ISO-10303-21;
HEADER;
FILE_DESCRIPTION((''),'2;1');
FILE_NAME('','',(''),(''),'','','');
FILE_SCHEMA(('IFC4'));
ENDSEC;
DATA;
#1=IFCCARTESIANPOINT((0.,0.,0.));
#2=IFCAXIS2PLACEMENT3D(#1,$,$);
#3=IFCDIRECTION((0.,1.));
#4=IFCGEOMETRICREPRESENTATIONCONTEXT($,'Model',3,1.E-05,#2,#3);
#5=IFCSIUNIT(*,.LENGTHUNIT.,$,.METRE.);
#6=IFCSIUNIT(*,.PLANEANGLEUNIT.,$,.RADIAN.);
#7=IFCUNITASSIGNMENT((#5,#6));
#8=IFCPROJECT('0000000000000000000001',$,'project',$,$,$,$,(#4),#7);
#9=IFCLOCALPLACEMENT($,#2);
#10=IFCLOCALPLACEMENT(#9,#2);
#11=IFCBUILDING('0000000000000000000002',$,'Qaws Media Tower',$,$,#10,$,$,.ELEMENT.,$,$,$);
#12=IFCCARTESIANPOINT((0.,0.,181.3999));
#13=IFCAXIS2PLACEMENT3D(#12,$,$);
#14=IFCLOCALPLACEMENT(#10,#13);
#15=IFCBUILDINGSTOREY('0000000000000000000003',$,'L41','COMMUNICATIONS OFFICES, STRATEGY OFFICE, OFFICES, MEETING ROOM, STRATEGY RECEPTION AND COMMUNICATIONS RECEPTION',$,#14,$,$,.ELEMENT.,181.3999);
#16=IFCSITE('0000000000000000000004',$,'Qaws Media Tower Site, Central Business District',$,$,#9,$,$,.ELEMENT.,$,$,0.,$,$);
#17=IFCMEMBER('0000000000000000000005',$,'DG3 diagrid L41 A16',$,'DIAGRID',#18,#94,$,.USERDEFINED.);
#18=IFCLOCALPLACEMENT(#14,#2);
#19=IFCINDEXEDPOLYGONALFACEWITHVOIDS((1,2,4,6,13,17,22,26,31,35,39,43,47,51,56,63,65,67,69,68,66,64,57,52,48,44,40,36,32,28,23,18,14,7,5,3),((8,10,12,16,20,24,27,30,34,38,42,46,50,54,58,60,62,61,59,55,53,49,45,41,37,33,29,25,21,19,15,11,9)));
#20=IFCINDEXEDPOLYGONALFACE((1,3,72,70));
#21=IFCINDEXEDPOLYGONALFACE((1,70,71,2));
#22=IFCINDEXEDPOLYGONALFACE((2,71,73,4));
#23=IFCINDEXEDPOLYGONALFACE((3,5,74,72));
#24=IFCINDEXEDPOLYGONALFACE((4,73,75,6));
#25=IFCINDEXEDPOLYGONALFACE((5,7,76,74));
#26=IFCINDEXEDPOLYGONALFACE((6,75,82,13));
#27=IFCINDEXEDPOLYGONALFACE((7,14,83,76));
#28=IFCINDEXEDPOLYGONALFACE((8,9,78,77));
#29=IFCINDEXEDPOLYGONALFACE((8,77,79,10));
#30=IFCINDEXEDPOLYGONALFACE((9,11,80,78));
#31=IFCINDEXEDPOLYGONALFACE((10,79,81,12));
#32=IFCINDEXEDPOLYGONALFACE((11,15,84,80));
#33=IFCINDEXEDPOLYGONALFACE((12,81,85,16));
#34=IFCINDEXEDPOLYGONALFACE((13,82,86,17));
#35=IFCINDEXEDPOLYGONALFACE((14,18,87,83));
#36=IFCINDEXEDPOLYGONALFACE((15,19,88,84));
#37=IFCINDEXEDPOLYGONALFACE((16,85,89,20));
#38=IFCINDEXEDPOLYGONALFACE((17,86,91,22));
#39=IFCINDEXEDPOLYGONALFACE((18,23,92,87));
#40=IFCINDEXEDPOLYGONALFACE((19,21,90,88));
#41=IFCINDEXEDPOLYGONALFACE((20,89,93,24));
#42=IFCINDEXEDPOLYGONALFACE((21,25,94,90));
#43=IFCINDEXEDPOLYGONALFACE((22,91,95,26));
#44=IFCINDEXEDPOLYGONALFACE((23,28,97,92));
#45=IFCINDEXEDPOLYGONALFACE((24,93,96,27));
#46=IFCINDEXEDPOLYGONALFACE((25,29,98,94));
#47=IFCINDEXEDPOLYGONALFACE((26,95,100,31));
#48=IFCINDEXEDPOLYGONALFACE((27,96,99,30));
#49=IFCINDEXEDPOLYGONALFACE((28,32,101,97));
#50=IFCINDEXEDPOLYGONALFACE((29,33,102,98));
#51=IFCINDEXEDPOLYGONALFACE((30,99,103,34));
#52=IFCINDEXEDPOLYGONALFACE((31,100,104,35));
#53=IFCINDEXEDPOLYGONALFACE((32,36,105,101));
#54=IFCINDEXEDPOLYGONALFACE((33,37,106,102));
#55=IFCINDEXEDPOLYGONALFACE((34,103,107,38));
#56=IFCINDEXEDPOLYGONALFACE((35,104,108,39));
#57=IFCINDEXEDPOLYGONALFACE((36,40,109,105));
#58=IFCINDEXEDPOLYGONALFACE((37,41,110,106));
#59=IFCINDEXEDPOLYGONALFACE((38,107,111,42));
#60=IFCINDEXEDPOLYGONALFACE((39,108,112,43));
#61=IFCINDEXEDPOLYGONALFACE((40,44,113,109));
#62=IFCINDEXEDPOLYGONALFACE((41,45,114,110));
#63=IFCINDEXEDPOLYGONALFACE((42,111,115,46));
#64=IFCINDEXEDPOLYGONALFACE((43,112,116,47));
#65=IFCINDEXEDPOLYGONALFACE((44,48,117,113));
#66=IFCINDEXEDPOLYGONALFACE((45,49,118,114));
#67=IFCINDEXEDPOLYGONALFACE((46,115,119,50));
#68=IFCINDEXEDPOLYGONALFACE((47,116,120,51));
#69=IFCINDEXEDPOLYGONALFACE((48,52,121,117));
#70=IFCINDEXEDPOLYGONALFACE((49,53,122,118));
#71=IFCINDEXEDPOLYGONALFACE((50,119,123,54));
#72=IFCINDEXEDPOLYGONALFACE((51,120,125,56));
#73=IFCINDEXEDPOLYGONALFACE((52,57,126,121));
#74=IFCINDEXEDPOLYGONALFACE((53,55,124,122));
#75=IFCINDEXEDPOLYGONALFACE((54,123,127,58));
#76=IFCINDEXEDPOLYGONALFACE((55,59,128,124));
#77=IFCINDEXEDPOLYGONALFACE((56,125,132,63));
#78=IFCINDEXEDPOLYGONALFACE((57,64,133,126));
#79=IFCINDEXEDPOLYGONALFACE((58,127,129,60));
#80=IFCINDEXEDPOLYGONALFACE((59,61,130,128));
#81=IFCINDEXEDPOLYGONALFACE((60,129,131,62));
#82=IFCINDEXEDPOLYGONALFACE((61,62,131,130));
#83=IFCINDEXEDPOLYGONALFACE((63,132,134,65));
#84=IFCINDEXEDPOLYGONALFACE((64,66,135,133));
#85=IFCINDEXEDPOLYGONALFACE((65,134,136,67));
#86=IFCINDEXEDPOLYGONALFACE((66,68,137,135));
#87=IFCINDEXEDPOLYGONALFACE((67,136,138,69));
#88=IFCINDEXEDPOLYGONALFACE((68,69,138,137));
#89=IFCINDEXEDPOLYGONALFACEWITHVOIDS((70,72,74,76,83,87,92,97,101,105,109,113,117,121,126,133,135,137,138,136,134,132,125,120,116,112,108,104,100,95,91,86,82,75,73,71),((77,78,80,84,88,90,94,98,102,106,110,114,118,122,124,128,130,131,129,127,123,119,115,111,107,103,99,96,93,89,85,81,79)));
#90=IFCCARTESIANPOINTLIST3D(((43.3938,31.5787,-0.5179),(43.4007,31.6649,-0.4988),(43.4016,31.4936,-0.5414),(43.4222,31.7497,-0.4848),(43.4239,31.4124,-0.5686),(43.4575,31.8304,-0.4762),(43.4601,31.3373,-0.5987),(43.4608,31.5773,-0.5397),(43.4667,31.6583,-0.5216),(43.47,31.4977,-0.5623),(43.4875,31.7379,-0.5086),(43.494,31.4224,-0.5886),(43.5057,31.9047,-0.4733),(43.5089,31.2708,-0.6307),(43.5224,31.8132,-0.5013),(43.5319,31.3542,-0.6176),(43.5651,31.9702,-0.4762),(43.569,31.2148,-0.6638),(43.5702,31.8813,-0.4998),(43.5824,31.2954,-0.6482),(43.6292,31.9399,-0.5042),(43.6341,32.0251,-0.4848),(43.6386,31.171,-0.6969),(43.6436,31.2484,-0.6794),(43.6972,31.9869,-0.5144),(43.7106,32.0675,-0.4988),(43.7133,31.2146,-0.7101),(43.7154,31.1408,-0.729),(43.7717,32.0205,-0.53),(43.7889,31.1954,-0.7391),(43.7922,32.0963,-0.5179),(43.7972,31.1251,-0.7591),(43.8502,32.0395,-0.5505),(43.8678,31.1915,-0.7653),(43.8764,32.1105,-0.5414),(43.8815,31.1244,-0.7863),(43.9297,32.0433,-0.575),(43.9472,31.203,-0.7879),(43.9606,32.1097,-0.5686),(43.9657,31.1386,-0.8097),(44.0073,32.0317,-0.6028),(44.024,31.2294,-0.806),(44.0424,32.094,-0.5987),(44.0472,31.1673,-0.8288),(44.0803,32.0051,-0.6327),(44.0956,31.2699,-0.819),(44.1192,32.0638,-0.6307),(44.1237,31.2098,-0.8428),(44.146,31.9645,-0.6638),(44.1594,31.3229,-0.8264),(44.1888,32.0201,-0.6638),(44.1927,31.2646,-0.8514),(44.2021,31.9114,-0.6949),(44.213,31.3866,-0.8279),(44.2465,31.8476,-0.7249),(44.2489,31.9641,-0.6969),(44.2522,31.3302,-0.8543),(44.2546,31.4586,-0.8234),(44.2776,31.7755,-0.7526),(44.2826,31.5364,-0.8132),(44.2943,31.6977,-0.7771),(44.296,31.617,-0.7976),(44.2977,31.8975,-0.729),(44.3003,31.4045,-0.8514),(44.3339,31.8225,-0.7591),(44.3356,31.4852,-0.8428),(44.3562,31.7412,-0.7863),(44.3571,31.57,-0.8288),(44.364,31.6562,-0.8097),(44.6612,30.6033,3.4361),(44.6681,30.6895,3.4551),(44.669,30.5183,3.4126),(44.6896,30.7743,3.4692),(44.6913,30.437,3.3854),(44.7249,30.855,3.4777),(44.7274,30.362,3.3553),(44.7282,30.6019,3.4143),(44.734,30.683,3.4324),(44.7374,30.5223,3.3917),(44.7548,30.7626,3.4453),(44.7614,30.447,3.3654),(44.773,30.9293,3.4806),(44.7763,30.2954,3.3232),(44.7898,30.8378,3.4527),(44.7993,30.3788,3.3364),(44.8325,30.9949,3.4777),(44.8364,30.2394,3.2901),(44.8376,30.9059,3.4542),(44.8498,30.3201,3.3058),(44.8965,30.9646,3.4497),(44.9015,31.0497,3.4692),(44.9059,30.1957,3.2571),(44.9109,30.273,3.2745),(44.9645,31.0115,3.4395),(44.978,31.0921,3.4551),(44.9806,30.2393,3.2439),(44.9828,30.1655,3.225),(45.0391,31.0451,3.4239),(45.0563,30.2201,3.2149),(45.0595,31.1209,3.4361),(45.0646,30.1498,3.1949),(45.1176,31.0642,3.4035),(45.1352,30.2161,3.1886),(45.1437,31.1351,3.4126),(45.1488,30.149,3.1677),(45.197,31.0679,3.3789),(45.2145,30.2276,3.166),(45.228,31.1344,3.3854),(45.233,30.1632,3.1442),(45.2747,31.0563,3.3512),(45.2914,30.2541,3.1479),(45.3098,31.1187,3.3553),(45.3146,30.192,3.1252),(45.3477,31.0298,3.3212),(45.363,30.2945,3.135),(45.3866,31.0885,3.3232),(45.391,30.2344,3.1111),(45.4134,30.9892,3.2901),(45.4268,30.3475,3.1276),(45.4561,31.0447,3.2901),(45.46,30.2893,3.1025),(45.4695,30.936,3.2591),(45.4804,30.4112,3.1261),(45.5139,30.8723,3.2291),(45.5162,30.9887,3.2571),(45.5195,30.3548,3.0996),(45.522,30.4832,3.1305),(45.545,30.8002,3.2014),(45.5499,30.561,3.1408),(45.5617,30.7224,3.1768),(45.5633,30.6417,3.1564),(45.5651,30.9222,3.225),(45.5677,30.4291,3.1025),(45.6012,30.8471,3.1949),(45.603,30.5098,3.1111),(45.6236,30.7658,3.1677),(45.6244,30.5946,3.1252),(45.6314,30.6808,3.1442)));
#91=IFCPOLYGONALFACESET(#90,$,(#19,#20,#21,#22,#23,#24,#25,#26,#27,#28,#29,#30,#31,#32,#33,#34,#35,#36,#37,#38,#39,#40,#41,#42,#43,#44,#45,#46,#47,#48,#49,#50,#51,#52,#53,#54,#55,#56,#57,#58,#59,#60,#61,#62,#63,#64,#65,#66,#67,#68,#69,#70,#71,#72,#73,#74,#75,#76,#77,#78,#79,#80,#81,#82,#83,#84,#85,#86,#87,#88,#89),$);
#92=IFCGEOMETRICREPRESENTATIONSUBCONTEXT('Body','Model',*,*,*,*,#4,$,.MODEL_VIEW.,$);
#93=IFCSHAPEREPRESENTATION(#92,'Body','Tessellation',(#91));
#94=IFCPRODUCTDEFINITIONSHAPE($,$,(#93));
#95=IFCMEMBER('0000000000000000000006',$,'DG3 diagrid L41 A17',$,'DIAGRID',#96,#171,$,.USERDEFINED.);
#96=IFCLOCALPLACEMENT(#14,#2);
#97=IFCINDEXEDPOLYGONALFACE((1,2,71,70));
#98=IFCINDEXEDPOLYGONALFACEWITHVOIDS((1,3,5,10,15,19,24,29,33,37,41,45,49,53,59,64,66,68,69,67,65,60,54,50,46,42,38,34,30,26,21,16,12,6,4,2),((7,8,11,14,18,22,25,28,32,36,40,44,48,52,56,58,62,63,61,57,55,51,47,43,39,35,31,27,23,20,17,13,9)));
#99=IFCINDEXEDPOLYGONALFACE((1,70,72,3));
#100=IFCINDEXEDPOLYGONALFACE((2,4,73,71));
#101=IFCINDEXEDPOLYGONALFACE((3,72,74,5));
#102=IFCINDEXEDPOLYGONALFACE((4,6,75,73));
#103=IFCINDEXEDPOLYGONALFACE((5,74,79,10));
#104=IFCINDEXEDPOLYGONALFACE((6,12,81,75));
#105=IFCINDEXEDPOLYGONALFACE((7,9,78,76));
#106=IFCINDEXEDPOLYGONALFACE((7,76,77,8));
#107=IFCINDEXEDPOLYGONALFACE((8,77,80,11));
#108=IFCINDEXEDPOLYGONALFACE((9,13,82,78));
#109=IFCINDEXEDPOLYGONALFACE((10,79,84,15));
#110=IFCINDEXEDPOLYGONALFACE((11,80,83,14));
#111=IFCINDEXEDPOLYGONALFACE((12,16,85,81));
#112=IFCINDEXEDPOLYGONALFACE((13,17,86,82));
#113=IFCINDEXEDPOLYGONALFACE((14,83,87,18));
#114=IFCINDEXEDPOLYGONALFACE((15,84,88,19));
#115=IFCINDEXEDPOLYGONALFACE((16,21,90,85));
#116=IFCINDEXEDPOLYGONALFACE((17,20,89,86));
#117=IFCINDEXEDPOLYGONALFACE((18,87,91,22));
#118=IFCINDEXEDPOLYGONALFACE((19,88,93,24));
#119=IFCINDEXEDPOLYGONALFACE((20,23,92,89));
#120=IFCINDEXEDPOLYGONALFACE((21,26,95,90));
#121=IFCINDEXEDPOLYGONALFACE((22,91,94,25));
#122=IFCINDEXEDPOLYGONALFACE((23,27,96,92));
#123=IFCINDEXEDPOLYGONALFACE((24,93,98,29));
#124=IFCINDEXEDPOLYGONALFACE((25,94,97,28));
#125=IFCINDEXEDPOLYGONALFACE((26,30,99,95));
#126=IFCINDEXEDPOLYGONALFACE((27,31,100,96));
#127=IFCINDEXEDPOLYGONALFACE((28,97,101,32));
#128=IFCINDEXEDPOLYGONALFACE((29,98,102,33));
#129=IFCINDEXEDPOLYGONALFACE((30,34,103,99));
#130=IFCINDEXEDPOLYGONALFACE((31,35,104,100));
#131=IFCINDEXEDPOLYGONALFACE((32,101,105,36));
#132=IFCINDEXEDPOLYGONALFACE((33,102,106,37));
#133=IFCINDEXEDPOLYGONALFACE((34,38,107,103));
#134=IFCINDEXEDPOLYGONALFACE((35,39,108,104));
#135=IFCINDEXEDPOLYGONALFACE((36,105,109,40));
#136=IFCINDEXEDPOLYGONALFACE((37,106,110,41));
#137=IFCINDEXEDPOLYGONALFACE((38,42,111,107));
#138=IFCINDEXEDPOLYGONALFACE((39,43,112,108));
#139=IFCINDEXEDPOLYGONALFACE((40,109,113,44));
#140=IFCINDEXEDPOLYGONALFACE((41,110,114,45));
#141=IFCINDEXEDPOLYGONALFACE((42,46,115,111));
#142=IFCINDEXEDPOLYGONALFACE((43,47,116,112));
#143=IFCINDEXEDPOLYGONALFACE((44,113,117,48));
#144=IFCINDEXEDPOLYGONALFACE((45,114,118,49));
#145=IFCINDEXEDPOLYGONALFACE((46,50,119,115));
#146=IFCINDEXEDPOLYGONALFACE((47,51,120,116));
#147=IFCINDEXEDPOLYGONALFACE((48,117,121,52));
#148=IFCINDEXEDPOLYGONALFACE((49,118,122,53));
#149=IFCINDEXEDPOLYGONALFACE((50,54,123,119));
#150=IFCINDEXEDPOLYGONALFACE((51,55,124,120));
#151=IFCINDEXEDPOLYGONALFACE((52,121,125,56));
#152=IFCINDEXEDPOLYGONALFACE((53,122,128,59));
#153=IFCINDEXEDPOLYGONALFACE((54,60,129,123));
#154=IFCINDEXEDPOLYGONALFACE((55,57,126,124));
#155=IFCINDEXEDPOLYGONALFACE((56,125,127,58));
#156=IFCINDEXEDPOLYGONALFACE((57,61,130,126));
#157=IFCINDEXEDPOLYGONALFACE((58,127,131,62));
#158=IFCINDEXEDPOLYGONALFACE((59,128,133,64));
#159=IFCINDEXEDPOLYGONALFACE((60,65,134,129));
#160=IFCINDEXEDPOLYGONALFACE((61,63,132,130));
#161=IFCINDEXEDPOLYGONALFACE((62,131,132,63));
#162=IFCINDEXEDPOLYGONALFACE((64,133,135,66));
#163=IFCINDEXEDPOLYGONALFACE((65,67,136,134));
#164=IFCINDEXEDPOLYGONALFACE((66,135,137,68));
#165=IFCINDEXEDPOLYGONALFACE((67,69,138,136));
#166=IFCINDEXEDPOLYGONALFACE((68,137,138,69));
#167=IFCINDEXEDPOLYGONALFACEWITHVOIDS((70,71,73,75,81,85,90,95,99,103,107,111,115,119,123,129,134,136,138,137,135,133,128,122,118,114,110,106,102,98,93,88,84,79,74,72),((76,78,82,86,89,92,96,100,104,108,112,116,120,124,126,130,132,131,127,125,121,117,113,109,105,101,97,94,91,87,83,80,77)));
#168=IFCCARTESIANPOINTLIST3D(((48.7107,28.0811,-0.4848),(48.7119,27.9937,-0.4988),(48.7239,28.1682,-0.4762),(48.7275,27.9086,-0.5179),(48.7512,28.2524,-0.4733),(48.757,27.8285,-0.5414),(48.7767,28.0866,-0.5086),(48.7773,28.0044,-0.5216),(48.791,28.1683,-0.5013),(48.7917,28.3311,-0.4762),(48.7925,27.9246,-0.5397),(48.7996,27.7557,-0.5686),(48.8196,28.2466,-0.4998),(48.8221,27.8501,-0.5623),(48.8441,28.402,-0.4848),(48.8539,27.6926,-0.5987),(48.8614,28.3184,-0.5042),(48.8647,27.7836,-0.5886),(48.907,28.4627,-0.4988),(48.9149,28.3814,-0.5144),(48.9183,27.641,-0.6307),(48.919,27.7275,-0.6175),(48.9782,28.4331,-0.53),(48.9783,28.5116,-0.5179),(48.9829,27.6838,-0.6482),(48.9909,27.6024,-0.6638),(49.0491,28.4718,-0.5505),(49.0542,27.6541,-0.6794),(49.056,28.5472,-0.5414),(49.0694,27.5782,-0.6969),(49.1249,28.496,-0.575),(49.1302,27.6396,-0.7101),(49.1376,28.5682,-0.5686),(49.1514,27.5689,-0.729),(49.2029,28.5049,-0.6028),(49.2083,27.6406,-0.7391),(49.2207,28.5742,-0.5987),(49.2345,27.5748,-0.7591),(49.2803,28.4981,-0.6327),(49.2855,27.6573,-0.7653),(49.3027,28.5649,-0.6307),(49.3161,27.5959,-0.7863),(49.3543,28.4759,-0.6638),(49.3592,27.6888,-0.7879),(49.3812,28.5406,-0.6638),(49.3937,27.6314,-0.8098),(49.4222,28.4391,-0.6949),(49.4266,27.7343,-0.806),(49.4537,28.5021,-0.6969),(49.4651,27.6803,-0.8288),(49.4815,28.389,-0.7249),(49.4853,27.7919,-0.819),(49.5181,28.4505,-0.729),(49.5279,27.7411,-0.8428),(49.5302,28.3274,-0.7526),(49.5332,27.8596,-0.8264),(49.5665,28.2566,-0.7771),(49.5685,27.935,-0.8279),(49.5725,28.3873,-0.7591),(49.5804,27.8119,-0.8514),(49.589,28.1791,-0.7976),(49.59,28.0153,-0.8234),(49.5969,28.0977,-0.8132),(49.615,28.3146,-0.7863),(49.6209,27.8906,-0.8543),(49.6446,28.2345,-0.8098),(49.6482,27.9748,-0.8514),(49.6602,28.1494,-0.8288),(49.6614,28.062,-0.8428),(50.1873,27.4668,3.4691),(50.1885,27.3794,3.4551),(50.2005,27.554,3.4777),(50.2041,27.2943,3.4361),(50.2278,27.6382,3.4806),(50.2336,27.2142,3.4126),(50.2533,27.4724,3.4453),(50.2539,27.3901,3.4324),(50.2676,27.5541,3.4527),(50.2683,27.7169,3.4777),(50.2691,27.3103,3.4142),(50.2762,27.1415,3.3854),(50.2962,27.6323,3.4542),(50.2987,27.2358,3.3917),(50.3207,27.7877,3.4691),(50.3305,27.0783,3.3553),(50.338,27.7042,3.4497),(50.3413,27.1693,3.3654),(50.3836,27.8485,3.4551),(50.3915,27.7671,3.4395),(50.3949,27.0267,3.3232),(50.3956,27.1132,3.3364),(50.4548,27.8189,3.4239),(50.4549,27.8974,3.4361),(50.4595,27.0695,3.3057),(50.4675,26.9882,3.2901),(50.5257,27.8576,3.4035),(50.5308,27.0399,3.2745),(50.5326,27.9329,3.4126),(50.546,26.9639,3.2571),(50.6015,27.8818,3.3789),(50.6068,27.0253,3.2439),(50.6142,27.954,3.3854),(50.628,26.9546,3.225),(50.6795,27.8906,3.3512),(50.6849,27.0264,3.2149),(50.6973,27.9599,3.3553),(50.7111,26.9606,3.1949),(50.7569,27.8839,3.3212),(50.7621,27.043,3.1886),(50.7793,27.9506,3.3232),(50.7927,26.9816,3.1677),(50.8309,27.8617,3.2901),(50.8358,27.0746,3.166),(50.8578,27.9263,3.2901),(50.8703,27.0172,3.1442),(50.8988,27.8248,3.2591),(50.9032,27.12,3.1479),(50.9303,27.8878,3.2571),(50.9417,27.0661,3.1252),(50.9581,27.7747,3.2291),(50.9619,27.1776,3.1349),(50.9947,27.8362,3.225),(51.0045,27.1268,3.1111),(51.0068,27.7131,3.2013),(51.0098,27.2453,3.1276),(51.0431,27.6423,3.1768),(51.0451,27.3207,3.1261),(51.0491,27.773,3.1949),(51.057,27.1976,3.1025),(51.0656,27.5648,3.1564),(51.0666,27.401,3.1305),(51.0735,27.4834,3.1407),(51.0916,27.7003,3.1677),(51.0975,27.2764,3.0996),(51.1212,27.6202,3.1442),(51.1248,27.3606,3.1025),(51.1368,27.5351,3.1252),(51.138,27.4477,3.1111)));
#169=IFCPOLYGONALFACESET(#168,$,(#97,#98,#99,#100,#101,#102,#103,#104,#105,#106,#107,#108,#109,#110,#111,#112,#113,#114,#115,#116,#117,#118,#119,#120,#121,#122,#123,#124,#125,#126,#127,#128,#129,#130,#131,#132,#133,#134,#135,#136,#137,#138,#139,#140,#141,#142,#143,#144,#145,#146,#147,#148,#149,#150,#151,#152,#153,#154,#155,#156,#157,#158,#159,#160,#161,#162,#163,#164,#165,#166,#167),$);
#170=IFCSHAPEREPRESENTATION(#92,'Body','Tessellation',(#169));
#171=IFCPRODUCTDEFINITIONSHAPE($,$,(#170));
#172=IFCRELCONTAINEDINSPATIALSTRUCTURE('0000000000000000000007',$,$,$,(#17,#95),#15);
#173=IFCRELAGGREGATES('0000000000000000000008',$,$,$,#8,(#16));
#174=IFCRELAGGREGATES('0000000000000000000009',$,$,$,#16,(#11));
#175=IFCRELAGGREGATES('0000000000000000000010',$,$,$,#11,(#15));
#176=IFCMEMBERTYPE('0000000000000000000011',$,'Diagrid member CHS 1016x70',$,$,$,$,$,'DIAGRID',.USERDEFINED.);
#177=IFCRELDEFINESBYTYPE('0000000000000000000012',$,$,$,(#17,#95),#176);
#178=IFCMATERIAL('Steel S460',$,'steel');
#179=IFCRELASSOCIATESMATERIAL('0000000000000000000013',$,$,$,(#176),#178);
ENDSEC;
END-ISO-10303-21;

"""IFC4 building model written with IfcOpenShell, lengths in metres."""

from ifc_helpers import new_model, si_unit, direction, frame, origin, origin_2d, place, context, subcontext, project, spatial, hollow_circle, extrude, material, material_profile, profile_set, type_object, element, save


model = new_model("IFC4")

# Units and contexts
model_context = context("Model", 3, precision=1e-05, world=origin(), true_north=direction((0.0, 1.0)))
body_context = subcontext(model_context, "Body", "Model", "MODEL_VIEW")
ifc_project = project(units=[si_unit("LENGTHUNIT", "METRE"), si_unit("PLANEANGLEUNIT", "RADIAN")], contexts=[model_context])

# Site, building, storey
site_placement = place(None, origin())
site = spatial("IfcSite", under=ifc_project, at=site_placement, Name="Qaws Media Tower Site, Central Business District", CompositionType="ELEMENT", RefElevation=0.0)
building_placement = place(site_placement, origin())
building = spatial("IfcBuilding", under=site, at=building_placement, Name="Qaws Media Tower", CompositionType="ELEMENT")
storey_placement = place(building_placement, frame((0.0, 0.0, 181.3999)))
storey = spatial("IfcBuildingStorey", under=building, at=storey_placement, Name="L41", Description="COMMUNICATIONS OFFICES, STRATEGY OFFICE, OFFICES, MEETING ROOM, STRATEGY RECEPTION AND COMMUNICATIONS RECEPTION", CompositionType="ELEMENT", Elevation=181.3999)

# Members
ifc_material_1 = material(Name="Steel S460", Category="steel")
ifc_material_profile_1 = material_profile(ifc_material_1, hollow_circle(Radius=0.5081, WallThickness=0.0701, at=origin_2d()), Name="CHS 1016x70")
ifc_profile_set_1 = profile_set([ifc_material_profile_1], Name="Steel S460")
member_type_1 = type_object("IfcMemberType", Name="Diagrid member CHS 1016x70", ElementType="DIAGRID", PredefinedType="USERDEFINED", material=ifc_profile_set_1)
for number, where, z_axis, x_axis, name in (
    (1, (43.8789, 31.6174, -0.6638), (0.297146, -0.228684, 0.927043), (0.609895, 0.792482, 0.0), "DG3 diagrid L41 A16"),
    (2, (49.186, 28.0715, -0.6638), (0.346202, -0.144022, 0.927039), (0.384095, 0.923294, 0.0), "DG3 diagrid L41 A17"),
):
    element("IfcMember", number, at=place(storey_placement, frame(where, z_axis=z_axis, x_axis=x_axis)), inside=storey, type_object=member_type_1, Name=name, ObjectType="DIAGRID", PredefinedType="USERDEFINED", context=body_context, shape_type="SweptSolid", body=[
        extrude(hollow_circle(Radius=0.5081, WallThickness=0.0701, at=origin_2d()), origin(), (0.0, 0.0, 1.0), 4.2651),
    ])

save(model, "model.ifc")
